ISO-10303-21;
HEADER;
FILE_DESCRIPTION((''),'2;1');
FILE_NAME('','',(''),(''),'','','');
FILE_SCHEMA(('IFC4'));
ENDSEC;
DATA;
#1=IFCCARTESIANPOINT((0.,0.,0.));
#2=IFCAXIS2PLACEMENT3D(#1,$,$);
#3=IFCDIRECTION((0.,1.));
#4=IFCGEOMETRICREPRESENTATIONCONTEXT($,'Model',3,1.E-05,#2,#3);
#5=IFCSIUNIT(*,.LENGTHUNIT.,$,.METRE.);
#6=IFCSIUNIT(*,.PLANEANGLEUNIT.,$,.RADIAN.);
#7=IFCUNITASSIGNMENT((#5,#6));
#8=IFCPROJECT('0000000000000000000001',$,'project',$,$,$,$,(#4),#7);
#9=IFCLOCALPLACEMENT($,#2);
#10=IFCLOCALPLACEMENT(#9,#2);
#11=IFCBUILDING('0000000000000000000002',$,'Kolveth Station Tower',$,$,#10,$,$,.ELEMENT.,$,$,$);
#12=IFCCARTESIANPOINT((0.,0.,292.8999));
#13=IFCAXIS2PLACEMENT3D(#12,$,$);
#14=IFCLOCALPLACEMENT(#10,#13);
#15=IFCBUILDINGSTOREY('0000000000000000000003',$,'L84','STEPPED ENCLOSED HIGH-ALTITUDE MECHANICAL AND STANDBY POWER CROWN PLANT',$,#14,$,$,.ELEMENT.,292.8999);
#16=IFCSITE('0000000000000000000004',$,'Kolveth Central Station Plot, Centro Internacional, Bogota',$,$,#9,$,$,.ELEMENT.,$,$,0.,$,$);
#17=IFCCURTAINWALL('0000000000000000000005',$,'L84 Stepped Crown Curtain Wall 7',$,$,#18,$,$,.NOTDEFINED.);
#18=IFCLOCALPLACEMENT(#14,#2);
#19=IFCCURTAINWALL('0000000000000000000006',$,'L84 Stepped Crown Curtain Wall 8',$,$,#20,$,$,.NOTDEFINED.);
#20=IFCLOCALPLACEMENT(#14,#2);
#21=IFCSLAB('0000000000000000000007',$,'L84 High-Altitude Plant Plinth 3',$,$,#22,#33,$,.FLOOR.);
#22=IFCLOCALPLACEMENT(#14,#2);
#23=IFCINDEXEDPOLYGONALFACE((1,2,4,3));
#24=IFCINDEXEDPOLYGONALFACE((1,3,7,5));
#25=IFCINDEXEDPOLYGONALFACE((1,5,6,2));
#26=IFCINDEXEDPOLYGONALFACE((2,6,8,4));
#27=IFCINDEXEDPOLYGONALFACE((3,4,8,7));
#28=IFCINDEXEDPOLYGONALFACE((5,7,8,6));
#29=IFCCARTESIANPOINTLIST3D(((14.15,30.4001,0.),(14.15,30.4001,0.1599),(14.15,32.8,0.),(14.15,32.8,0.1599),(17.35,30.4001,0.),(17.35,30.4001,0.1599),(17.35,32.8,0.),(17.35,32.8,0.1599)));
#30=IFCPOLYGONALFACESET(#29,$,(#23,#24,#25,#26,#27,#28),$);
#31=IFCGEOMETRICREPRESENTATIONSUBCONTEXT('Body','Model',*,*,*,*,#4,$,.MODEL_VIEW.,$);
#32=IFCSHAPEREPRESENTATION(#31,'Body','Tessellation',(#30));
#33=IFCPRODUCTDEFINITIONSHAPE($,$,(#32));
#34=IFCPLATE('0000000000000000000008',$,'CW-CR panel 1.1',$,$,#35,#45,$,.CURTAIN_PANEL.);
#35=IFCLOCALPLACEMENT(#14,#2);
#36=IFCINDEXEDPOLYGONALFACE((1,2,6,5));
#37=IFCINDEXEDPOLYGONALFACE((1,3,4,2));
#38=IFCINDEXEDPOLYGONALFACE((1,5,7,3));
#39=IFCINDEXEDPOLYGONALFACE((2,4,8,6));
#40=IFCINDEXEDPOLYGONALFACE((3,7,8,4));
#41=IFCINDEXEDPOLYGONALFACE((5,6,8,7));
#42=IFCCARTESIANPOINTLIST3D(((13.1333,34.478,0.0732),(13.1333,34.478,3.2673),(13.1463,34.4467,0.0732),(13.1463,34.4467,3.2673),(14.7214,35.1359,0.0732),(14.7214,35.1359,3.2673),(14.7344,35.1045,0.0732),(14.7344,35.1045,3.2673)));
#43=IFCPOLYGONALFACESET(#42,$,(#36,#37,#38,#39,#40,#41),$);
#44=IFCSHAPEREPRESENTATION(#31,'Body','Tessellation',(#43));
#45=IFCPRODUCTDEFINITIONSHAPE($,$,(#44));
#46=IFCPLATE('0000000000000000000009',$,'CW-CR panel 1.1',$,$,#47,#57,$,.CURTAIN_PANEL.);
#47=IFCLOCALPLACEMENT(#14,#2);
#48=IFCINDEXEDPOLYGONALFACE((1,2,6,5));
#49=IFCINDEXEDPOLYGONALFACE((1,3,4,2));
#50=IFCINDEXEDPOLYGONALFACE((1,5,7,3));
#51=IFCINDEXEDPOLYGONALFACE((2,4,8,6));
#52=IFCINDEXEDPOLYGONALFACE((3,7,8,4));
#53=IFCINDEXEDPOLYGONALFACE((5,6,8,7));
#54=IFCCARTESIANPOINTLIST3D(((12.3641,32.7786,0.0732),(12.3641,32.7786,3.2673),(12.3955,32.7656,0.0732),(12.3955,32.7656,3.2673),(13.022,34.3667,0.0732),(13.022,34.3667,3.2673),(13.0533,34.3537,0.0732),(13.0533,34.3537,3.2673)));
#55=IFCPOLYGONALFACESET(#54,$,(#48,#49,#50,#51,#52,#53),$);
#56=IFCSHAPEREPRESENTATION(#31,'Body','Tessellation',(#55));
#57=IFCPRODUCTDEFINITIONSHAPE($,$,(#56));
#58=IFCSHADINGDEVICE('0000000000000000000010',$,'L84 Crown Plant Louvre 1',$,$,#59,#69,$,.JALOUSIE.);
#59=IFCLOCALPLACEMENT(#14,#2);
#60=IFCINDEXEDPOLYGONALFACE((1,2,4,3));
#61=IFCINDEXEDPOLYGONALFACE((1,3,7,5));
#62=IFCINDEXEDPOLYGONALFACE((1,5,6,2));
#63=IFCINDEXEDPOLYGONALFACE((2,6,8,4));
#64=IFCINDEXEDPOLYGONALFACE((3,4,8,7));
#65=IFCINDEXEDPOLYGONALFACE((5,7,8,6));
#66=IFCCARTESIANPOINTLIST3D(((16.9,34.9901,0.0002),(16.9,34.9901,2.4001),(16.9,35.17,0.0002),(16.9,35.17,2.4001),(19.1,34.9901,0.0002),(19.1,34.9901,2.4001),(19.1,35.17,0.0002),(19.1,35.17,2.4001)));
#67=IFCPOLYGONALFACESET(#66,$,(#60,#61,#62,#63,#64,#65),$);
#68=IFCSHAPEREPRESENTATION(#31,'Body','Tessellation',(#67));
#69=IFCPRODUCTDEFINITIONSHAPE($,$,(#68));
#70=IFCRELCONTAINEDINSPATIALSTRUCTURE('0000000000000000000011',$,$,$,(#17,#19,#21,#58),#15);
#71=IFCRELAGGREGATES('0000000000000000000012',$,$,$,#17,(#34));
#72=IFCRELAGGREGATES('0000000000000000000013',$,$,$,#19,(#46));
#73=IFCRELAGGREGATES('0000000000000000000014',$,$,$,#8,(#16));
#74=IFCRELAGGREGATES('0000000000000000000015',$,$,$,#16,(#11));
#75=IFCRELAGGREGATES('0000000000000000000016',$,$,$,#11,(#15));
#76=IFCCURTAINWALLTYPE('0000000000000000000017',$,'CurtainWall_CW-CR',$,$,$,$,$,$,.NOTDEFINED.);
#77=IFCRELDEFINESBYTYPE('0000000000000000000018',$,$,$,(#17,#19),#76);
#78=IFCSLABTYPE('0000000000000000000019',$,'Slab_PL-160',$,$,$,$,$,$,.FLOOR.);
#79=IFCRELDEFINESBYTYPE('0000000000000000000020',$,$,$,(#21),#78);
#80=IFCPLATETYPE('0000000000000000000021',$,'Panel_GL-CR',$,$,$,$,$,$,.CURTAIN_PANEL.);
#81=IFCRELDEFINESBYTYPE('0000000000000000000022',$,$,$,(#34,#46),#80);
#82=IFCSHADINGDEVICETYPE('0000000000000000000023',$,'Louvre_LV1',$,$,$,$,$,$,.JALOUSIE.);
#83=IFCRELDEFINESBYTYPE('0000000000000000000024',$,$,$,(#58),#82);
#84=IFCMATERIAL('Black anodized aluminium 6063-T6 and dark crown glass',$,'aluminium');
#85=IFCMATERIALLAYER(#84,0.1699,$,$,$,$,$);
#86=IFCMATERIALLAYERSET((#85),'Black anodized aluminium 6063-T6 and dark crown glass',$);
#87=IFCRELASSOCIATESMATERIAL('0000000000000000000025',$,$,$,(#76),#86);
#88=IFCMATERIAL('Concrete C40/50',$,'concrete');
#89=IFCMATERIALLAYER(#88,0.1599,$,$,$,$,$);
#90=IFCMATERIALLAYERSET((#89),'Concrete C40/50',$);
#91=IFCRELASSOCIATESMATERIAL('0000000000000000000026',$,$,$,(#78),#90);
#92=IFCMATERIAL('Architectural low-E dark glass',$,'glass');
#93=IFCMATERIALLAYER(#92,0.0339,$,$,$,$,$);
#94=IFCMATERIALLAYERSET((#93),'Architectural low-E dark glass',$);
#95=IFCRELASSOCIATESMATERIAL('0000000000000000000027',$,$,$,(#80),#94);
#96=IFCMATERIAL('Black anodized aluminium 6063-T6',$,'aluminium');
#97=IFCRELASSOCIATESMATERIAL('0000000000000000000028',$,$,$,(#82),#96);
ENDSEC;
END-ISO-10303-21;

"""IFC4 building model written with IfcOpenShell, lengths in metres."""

from ifc_helpers import new_model, si_unit, direction, frame, origin, origin_2d, place, context, subcontext, project, spatial, rectangle, extrude, source, transform, mapped, material, layer, layer_set, type_object, element, aggregate, save


model = new_model("IFC4")

# Units and contexts
model_context = context("Model", 3, precision=1e-05, world=origin(), true_north=direction((0.0, 1.0)))
body_context = subcontext(model_context, "Body", "Model", "MODEL_VIEW")
ifc_project = project(units=[si_unit("LENGTHUNIT", "METRE"), si_unit("PLANEANGLEUNIT", "RADIAN")], contexts=[model_context])

# Site, building, storey
site_placement = place(None, origin())
site = spatial("IfcSite", under=ifc_project, at=site_placement, Name="Kolveth Central Station Plot, Centro Internacional, Bogota", CompositionType="ELEMENT", RefElevation=0.0)
building_placement = place(site_placement, origin())
building = spatial("IfcBuilding", under=site, at=building_placement, Name="Kolveth Station Tower", CompositionType="ELEMENT")
storey_placement = place(building_placement, frame((0.0, 0.0, 292.8999)))
storey = spatial("IfcBuildingStorey", under=building, at=storey_placement, Name="L84", Description="STEPPED ENCLOSED HIGH-ALTITUDE MECHANICAL AND STANDBY POWER CROWN PLANT", CompositionType="ELEMENT", Elevation=292.8999)

# Curtain walls
ifc_material_1 = material(Name="Black anodized aluminium 6063-T6 and dark crown glass", Category="aluminium")
ifc_layer_1 = layer(ifc_material_1, 0.1699)
ifc_layer_set_1 = layer_set([ifc_layer_1], Name="Black anodized aluminium 6063-T6 and dark crown glass")
curtain_wall_type = type_object("IfcCurtainWallType", Name="CurtainWall_CW-CR", PredefinedType="NOTDEFINED", material=ifc_layer_set_1)
curtain_wall_1_placement = place(storey_placement, origin())
curtain_wall_1 = element("IfcCurtainWall", 1, at=curtain_wall_1_placement, inside=storey, type_object=curtain_wall_type, Name="L84 Stepped Crown Curtain Wall 7", PredefinedType="NOTDEFINED")
ifc_material_2 = material(Name="Black anodized aluminium 6063-T6", Category="aluminium")
curtain_wall_2_placement = place(storey_placement, origin())
curtain_wall_2 = element("IfcCurtainWall", 2, at=curtain_wall_2_placement, inside=storey, type_object=curtain_wall_type, Name="L84 Stepped Crown Curtain Wall 8", PredefinedType="NOTDEFINED")

# Slab
ifc_material_3 = material(Name="Concrete C40/50", Category="concrete")
ifc_layer_2 = layer(ifc_material_3, 0.1599)
ifc_layer_set_2 = layer_set([ifc_layer_2], Name="Concrete C40/50")
slab_type = type_object("IfcSlabType", Name="Slab_PL-160", PredefinedType="FLOOR", material=ifc_layer_set_2)
shared_shape_1 = source(origin(), body_context, "Body", "SweptSolid", [
    extrude(rectangle(XDim=3.2, YDim=2.3999, at=origin_2d()), origin(), (0.0, 0.0, 1.0), 0.1599),
])
slab_placement = place(storey_placement, frame((15.75, 31.6001, 0.0), z_axis=(0.0, 0.0, 1.0), x_axis=(1.0, 0.0, 0.0)))
element("IfcSlab", 3, at=slab_placement, inside=storey, type_object=slab_type, Name="L84 High-Altitude Plant Plinth 3", PredefinedType="FLOOR", context=body_context, shape_type="MappedRepresentation", body=[
    mapped(shared_shape_1, transform((0.0, 0.0, 0.0), x_axis=(1.0, 0.0, 0.0), y_axis=(0.0, 1.0, 0.0), z_axis=(0.0, 0.0, 1.0), scale=1.0)),
])

# Plates
ifc_material_4 = material(Name="Architectural low-E dark glass", Category="glass")
ifc_layer_3 = layer(ifc_material_4, 0.0339)
ifc_layer_set_3 = layer_set([ifc_layer_3], Name="Architectural low-E dark glass")
plate_type_1 = type_object("IfcPlateType", Name="Panel_GL-CR", PredefinedType="CURTAIN_PANEL", material=ifc_layer_set_3)
shared_shape_2 = source(origin(), body_context, "Body", "SweptSolid", [
    extrude(rectangle(XDim=1.719, YDim=0.0339, at=origin_2d()), origin(), (0.0, 0.0, 1.0), 3.1941),
])
plate_1_placement = place(storey_placement, frame((13.9338, 34.7913, 0.0732), z_axis=(0.0, 0.0, 1.0), x_axis=(-0.923876, -0.382691, 0.0)))
plate_1 = element("IfcPlate", 4, at=plate_1_placement, type_object=plate_type_1, Name="CW-CR panel 1.1", PredefinedType="CURTAIN_PANEL", context=body_context, shape_type="MappedRepresentation", body=[
    mapped(shared_shape_2, transform((0.0, 0.0, 0.0), x_axis=(1.0, 0.0, 0.0), y_axis=(0.0, 1.0, 0.0), z_axis=(0.0, 0.0, 1.0), scale=1.0)),
])
aggregate(curtain_wall_1, [plate_1])
plate_2_placement = place(storey_placement, frame((12.7087, 33.5662, 0.0732), z_axis=(0.0, 0.0, 1.0), x_axis=(-0.382691, -0.923876, 0.0)))
plate_2 = element("IfcPlate", 5, at=plate_2_placement, type_object=plate_type_1, Name="CW-CR panel 1.1", PredefinedType="CURTAIN_PANEL", context=body_context, shape_type="MappedRepresentation", body=[
    mapped(shared_shape_2, transform((0.0, 0.0, 0.0), x_axis=(1.0, 0.0, 0.0), y_axis=(0.0, 1.0, 0.0), z_axis=(0.0, 0.0, 1.0), scale=1.0)),
])
aggregate(curtain_wall_2, [plate_2])

# Shading device
shading_device_type = type_object("IfcShadingDeviceType", Name="Louvre_LV1", PredefinedType="JALOUSIE", material=ifc_material_2)
shared_shape_3 = source(origin(), body_context, "Body", "SweptSolid", [
    extrude(rectangle(XDim=2.2, YDim=0.1799, at=origin_2d()), origin(), (0.0, 0.0, 1.0), 2.3999),
])
shading_device_placement = place(storey_placement, frame((18.0, 35.0801, 0.0002), z_axis=(0.0, 0.0, 1.0), x_axis=(1.0, 0.0, 0.0)))
element("IfcShadingDevice", 6, at=shading_device_placement, inside=storey, type_object=shading_device_type, Name="L84 Crown Plant Louvre 1", PredefinedType="JALOUSIE", context=body_context, shape_type="MappedRepresentation", body=[
    mapped(shared_shape_3, transform((0.0, 0.0, 0.0), x_axis=(1.0, 0.0, 0.0), y_axis=(0.0, 1.0, 0.0), z_axis=(0.0, 0.0, 1.0), scale=1.0)),
])

save(model, "model.ifc")
